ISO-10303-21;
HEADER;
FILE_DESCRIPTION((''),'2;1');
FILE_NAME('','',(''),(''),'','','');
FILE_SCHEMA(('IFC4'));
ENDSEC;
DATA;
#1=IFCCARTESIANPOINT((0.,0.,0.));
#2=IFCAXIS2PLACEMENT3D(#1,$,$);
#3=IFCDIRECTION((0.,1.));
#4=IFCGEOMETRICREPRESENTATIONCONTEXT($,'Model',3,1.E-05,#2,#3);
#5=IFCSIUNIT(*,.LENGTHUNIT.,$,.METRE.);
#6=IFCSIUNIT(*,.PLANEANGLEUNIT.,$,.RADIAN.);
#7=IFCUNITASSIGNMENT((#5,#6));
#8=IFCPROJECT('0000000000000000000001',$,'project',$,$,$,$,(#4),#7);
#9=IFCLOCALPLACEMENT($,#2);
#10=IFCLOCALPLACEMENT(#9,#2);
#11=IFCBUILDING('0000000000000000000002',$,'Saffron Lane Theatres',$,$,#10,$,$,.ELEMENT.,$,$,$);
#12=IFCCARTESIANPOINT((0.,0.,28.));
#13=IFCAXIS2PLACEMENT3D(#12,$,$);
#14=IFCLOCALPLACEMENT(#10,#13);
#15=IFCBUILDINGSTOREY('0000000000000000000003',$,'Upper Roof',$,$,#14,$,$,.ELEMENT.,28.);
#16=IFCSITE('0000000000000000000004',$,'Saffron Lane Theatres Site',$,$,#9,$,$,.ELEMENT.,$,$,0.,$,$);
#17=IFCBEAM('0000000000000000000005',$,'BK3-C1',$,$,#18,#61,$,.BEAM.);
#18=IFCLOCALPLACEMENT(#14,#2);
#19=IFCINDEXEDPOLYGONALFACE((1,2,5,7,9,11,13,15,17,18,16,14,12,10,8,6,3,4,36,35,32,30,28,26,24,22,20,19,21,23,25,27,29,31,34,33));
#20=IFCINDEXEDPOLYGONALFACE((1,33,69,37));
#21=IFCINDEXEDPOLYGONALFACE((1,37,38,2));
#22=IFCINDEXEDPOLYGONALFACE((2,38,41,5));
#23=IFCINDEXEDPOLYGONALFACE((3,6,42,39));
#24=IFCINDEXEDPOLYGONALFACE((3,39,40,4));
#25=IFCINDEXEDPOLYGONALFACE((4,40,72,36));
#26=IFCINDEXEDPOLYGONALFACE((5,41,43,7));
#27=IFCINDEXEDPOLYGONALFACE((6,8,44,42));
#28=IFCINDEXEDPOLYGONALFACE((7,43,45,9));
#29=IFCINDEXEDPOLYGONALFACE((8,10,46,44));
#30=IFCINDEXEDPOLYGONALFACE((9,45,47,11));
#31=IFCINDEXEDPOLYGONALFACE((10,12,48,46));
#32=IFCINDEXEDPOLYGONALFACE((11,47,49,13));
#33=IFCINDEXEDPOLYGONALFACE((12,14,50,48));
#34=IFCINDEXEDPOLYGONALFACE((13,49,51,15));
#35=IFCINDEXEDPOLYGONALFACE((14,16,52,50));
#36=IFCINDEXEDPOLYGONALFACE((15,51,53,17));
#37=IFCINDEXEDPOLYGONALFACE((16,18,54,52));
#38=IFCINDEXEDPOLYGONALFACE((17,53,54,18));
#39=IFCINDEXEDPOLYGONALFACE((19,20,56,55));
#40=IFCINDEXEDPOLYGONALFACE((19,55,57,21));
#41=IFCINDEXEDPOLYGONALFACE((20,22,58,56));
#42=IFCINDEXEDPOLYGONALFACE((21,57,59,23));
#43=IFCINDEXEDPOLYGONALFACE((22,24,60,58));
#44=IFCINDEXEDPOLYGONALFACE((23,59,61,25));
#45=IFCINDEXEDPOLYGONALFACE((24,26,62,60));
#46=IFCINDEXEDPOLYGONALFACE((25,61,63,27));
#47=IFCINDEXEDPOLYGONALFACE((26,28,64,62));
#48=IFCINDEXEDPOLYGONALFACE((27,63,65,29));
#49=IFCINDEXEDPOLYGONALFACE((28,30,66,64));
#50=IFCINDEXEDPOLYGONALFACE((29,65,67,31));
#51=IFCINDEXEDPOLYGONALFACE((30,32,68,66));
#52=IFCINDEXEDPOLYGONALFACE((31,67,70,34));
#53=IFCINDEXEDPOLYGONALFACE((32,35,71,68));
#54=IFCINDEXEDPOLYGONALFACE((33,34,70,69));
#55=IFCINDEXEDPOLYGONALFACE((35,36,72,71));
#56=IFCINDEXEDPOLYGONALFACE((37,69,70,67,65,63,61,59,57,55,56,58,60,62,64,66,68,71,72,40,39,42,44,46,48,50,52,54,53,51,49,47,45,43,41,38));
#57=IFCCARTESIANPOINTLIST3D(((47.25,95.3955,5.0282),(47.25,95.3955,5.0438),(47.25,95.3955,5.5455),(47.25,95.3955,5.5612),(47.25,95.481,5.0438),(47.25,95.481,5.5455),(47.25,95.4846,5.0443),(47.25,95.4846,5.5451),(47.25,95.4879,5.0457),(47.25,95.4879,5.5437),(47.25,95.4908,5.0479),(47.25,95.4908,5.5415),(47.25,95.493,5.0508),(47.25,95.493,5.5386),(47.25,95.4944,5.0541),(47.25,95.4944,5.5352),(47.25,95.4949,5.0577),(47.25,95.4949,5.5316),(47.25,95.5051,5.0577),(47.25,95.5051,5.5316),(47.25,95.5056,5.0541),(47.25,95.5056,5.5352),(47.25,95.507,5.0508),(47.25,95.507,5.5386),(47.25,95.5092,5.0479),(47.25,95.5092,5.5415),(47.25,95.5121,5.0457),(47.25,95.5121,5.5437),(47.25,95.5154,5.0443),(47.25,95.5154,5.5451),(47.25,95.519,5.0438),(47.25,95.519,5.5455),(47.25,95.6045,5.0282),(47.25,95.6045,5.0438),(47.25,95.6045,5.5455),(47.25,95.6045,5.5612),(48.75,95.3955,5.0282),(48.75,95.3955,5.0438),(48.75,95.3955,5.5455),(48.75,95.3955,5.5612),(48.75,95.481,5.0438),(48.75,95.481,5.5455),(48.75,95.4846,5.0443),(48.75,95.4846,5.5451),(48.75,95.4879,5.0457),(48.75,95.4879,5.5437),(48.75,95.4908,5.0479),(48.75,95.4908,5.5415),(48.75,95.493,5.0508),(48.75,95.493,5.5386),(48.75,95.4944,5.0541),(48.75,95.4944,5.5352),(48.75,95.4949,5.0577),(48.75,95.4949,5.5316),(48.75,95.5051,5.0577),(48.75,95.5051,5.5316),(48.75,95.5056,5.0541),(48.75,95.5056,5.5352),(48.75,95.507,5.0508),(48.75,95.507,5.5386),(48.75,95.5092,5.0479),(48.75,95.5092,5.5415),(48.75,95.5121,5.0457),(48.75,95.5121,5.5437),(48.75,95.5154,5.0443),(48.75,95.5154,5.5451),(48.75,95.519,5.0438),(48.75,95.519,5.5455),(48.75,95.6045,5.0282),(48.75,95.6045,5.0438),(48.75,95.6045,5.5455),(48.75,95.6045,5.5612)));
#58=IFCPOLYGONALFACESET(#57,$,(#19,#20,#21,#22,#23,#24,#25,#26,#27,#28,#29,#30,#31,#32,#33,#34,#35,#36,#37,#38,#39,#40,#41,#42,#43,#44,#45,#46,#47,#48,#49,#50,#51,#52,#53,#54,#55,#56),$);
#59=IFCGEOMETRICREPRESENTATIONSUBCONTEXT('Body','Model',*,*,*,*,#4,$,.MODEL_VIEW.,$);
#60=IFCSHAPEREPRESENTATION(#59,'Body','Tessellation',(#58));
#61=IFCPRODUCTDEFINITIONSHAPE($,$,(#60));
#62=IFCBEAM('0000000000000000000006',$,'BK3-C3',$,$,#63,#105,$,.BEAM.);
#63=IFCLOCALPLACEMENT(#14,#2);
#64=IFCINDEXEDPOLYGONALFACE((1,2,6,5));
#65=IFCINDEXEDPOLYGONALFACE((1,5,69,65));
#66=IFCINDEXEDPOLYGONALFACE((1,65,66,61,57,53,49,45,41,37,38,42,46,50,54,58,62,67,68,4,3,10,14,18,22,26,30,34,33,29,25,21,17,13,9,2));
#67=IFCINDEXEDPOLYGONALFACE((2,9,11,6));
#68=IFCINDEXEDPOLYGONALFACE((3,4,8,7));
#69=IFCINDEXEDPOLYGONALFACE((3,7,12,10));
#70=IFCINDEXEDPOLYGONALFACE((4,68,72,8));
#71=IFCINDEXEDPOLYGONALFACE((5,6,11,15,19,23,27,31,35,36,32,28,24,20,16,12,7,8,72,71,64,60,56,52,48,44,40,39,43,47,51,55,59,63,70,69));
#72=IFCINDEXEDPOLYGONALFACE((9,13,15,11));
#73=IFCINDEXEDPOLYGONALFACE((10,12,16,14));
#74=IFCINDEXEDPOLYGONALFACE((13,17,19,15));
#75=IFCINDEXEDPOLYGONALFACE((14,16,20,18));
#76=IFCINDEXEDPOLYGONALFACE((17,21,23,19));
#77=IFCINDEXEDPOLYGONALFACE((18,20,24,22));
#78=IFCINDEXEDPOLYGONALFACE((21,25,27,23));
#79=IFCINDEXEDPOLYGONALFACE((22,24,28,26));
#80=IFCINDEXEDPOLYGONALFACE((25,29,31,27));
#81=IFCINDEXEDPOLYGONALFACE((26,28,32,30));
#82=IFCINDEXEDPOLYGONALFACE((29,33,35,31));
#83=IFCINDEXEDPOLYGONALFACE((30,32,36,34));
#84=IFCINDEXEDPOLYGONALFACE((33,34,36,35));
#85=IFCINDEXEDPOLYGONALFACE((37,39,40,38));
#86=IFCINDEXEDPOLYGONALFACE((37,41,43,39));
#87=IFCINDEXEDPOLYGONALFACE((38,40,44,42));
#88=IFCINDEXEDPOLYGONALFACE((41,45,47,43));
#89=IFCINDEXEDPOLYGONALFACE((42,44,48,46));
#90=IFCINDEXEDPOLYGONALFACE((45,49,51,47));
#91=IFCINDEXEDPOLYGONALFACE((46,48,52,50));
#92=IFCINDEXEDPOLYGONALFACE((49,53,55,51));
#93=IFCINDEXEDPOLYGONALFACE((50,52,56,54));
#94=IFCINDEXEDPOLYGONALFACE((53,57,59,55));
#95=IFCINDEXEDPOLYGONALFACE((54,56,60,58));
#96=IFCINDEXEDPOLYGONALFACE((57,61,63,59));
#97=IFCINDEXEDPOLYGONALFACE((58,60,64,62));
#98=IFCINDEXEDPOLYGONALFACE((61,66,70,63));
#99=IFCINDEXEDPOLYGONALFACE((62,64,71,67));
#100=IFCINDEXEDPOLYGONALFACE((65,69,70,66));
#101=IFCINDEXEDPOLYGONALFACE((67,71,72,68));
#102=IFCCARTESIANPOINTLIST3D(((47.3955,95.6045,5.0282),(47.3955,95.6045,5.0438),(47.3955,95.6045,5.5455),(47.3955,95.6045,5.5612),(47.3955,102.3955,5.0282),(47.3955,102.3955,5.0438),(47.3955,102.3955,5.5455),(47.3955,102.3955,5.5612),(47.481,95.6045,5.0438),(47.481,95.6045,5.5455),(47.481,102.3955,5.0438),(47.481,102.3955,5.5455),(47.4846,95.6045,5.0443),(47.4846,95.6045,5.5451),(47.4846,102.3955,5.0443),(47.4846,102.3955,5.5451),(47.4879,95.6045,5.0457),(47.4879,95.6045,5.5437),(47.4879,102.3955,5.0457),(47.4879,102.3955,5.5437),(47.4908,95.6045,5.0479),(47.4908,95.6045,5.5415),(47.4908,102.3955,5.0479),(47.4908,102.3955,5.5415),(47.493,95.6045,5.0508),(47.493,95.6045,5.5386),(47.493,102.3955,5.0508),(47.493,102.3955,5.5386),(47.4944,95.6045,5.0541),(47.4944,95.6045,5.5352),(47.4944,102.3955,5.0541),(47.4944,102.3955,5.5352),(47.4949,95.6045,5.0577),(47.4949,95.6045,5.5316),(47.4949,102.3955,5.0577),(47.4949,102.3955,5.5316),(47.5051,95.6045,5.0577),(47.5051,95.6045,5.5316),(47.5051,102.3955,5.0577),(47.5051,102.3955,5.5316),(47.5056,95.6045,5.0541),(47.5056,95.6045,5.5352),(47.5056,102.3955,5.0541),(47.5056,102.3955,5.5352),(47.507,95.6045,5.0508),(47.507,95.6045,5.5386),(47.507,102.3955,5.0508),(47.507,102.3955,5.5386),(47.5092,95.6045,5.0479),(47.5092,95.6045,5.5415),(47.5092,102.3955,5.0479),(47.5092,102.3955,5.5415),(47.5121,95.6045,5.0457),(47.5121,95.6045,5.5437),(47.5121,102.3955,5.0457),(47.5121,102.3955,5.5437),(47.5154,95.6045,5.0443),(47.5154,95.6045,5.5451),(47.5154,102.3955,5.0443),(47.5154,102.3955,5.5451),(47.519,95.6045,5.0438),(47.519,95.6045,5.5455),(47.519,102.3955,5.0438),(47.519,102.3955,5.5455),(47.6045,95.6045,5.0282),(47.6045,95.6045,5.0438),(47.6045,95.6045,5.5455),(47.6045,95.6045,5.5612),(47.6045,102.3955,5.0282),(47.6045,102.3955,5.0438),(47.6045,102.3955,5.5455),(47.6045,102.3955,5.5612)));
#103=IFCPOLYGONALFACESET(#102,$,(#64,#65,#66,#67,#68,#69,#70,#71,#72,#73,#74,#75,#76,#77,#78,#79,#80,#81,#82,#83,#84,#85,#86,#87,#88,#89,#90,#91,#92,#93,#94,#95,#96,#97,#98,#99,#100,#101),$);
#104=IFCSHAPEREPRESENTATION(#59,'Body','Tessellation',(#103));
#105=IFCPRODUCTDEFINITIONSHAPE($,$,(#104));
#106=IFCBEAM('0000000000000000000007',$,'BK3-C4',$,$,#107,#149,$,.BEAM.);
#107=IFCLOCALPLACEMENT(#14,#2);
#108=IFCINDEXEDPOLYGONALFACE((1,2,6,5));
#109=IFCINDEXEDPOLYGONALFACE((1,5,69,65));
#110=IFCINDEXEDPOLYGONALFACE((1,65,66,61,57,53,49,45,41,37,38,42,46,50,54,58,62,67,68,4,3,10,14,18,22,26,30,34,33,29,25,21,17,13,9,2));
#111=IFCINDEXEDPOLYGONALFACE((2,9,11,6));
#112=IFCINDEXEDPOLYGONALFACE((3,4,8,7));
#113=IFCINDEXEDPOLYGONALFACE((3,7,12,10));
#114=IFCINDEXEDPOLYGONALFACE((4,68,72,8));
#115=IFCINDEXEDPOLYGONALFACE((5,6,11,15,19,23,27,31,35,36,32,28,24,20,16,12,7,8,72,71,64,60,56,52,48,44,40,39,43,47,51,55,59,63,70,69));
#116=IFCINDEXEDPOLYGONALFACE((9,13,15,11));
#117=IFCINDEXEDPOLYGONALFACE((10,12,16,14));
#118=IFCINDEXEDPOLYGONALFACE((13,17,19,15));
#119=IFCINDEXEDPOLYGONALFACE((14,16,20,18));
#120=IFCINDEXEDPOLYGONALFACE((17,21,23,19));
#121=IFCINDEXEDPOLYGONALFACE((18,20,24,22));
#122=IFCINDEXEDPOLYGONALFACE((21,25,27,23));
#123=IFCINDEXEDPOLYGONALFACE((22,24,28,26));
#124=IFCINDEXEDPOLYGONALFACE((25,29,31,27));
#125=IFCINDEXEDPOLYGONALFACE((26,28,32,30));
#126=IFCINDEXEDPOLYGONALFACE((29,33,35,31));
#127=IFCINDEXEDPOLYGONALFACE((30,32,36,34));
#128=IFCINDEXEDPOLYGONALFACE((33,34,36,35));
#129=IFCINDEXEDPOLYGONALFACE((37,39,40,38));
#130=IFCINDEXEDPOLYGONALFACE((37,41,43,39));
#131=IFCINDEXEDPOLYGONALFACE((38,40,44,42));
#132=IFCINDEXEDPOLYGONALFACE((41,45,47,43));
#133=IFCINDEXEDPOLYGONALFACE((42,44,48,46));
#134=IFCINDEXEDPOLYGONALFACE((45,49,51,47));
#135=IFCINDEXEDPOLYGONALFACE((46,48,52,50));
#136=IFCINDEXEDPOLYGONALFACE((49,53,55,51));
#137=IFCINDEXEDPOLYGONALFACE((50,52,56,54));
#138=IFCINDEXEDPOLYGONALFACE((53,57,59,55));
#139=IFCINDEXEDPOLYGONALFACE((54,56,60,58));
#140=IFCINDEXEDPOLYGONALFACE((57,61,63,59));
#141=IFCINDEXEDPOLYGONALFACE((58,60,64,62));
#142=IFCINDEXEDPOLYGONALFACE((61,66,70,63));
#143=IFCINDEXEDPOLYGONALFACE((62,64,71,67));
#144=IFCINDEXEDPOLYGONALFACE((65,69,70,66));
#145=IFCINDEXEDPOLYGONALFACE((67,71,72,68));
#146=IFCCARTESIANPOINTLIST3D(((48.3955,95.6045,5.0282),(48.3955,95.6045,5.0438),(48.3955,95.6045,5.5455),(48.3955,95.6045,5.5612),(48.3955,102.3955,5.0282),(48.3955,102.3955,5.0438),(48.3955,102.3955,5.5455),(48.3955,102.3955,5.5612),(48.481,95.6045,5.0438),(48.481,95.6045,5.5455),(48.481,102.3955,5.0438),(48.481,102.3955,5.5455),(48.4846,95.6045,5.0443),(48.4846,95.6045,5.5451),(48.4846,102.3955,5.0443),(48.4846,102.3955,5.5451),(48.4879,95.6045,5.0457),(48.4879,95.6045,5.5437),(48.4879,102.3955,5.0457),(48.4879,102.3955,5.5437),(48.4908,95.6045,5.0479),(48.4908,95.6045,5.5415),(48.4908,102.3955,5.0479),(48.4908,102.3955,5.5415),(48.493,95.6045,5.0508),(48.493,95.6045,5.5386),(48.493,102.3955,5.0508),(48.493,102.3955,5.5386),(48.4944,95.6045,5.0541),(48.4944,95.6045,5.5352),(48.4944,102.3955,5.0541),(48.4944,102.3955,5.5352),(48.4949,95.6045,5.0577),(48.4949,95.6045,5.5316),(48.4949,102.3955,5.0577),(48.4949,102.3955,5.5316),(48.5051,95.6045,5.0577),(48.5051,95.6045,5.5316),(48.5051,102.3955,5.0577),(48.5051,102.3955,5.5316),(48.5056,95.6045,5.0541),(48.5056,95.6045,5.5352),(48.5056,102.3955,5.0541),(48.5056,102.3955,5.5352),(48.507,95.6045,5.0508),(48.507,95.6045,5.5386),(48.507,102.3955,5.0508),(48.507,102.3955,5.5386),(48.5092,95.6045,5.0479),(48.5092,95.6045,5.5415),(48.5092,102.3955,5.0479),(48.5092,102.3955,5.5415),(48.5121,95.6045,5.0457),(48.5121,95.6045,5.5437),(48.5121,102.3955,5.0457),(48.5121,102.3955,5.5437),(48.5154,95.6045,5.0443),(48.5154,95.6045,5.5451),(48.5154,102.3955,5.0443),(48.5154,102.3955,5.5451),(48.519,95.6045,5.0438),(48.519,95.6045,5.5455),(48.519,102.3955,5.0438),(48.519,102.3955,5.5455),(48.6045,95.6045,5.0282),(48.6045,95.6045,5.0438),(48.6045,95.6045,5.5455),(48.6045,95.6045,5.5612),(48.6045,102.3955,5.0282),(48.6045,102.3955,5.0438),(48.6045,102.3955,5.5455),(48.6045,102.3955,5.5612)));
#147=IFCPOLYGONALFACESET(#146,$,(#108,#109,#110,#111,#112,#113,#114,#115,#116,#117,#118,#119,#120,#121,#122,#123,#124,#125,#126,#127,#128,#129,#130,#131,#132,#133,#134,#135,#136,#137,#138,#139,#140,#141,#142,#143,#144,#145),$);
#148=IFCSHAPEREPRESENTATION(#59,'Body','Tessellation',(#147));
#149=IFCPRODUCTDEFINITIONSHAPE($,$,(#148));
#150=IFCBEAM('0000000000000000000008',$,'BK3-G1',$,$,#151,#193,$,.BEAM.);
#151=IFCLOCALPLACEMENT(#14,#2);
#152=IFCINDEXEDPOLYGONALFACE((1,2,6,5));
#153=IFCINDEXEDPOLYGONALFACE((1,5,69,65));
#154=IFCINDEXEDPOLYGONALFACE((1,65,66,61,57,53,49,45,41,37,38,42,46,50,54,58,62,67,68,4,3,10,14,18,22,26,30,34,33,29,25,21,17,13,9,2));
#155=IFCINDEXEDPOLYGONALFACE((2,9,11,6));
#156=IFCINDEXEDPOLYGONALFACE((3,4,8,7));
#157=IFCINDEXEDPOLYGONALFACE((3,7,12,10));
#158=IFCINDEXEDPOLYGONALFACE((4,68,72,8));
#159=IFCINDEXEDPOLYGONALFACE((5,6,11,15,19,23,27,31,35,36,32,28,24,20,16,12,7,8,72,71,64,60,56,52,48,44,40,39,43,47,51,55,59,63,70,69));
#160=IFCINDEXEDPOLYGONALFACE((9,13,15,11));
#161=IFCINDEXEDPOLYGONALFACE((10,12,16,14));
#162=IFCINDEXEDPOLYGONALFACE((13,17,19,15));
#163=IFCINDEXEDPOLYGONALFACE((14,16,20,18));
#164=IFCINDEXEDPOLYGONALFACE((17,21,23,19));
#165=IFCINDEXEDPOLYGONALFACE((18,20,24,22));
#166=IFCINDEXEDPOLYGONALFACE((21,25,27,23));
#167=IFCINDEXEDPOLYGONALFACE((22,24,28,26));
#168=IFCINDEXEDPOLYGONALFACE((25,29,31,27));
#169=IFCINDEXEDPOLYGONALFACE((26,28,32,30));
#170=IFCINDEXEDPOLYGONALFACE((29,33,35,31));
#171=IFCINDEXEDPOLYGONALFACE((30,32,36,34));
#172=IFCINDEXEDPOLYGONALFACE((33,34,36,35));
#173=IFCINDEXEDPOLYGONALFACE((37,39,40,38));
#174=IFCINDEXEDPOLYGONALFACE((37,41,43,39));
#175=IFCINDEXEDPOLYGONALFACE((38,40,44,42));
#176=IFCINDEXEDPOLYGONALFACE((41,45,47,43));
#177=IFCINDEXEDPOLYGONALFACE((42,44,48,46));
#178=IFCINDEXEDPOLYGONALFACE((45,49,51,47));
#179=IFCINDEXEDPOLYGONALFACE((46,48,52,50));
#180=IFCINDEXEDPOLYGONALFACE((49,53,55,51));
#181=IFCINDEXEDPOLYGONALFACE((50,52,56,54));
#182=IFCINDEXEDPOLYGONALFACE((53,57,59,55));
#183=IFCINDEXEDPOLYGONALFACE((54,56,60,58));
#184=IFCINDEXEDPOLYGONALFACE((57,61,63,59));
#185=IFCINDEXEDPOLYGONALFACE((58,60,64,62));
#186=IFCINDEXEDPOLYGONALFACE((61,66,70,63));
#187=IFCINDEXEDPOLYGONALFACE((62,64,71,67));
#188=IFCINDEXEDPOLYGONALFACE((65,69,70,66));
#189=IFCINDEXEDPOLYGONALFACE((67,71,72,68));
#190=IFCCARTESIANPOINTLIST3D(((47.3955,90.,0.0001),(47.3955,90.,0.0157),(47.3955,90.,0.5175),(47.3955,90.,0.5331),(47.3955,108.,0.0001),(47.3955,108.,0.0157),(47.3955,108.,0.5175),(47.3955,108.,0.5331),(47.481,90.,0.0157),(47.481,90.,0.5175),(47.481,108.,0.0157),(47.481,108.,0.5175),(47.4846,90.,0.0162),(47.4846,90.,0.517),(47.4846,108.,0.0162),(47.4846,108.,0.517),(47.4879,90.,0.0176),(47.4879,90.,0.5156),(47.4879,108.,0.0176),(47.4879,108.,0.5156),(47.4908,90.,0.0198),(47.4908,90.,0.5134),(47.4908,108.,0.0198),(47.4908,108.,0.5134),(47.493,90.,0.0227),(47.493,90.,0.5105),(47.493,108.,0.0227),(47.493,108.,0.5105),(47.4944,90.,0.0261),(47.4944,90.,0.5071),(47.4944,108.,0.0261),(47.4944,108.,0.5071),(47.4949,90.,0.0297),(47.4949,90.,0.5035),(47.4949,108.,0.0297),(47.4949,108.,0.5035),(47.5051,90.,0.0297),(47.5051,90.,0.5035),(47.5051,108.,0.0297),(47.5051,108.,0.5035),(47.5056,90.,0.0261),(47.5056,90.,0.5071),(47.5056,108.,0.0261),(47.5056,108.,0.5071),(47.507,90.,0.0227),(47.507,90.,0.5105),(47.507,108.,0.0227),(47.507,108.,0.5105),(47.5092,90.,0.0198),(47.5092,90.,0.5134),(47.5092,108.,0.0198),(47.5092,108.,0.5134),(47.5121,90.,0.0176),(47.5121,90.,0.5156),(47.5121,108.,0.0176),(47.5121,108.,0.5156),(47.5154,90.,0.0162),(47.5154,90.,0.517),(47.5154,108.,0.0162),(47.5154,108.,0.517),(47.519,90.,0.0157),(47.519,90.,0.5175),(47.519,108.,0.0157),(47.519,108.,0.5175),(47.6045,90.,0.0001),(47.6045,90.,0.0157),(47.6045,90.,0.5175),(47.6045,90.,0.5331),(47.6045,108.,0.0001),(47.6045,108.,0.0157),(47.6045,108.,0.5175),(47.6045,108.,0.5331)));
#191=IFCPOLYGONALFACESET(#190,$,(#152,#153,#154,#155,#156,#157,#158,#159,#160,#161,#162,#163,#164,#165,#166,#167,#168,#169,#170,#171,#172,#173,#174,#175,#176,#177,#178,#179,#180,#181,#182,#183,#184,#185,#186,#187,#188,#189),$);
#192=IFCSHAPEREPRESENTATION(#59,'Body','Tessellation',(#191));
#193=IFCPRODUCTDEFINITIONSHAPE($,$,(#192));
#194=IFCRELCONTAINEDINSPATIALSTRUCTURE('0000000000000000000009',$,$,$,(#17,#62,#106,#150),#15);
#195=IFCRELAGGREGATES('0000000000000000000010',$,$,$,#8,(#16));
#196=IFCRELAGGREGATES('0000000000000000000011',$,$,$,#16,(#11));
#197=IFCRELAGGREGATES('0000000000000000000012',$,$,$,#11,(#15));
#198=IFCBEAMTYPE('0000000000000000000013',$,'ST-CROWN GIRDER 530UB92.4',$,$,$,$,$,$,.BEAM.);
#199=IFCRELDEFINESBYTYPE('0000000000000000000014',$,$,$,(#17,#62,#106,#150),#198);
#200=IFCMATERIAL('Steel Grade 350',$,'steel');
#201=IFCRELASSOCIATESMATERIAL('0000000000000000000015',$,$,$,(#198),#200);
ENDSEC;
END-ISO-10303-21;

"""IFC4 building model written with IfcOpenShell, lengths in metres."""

from ifc_helpers import new_model, si_unit, direction, frame, origin, origin_2d, place, context, subcontext, project, spatial, i_section, extrude, material, material_profile, profile_set, type_object, element, save


model = new_model("IFC4")

# Units and contexts
model_context = context("Model", 3, precision=1e-05, world=origin(), true_north=direction((0.0, 1.0)))
body_context = subcontext(model_context, "Body", "Model", "MODEL_VIEW")
ifc_project = project(units=[si_unit("LENGTHUNIT", "METRE"), si_unit("PLANEANGLEUNIT", "RADIAN")], contexts=[model_context])

# Site, building, storey
site_placement = place(None, origin())
site = spatial("IfcSite", under=ifc_project, at=site_placement, Name="Saffron Lane Theatres Site", CompositionType="ELEMENT", RefElevation=0.0)
building_placement = place(site_placement, origin())
building = spatial("IfcBuilding", under=site, at=building_placement, Name="Saffron Lane Theatres", CompositionType="ELEMENT")
storey_placement = place(building_placement, frame((0.0, 0.0, 28.0)))
storey = spatial("IfcBuildingStorey", under=building, at=storey_placement, Name="Upper Roof", CompositionType="ELEMENT", Elevation=28.0)

# Beams
ifc_material_1 = material(Name="Steel Grade 350", Category="steel")
ifc_material_profile_1 = material_profile(ifc_material_1, i_section(OverallWidth=0.209, OverallDepth=0.533, WebThickness=0.0103, FlangeThickness=0.0156, FilletRadius=0.0139, at=origin_2d()))
ifc_profile_set_1 = profile_set([ifc_material_profile_1], Name="Steel Grade 350")
beam_type = type_object("IfcBeamType", Name="ST-CROWN GIRDER 530UB92.4", PredefinedType="BEAM", material=ifc_profile_set_1)
beam_placement = place(storey_placement, frame((47.25, 95.5, 5.2947), z_axis=(1.0, 0.0, 0.0), x_axis=(0.0, 1.0, 0.0)))
element("IfcBeam", 1, at=beam_placement, inside=storey, type_object=beam_type, Name="BK3-C1", PredefinedType="BEAM", context=body_context, shape_type="SweptSolid", body=[
    extrude(i_section(OverallWidth=0.209, OverallDepth=0.533, WebThickness=0.0103, FlangeThickness=0.0156, FilletRadius=0.0139, at=origin_2d()), origin(), (0.0, 0.0, 1.0), 1.5),
])
for number, where, z_axis, x_axis, name in (
    (2, (47.5, 95.6045, 5.2947), (0.0, 1.0, 0.0), (-1.0, 0.0, 0.0), "BK3-C3"),
    (3, (48.5, 95.6045, 5.2947), (0.0, 1.0, 0.0), (-1.0, 0.0, 0.0), "BK3-C4"),
):
    element("IfcBeam", number, at=place(storey_placement, frame(where, z_axis=z_axis, x_axis=x_axis)), inside=storey, type_object=beam_type, Name=name, PredefinedType="BEAM", context=body_context, shape_type="SweptSolid", body=[
        extrude(i_section(OverallWidth=0.209, OverallDepth=0.533, WebThickness=0.0103, FlangeThickness=0.0156, FilletRadius=0.0139, at=origin_2d()), origin(), (0.0, 0.0, 1.0), 6.791),
    ])
for number, where, z_axis, x_axis, name in (
    (4, (47.5, 90.0, 0.2666), (0.0, 1.0, 0.0), (-1.0, 0.0, 0.0), "BK3-G1"),
):
    element("IfcBeam", number, at=place(storey_placement, frame(where, z_axis=z_axis, x_axis=x_axis)), inside=storey, type_object=beam_type, Name=name, PredefinedType="BEAM", context=body_context, shape_type="SweptSolid", body=[
        extrude(i_section(OverallWidth=0.209, OverallDepth=0.533, WebThickness=0.0103, FlangeThickness=0.0156, FilletRadius=0.0139, at=origin_2d()), origin(), (0.0, 0.0, 1.0), 18.0),
    ])

save(model, "model.ifc")
